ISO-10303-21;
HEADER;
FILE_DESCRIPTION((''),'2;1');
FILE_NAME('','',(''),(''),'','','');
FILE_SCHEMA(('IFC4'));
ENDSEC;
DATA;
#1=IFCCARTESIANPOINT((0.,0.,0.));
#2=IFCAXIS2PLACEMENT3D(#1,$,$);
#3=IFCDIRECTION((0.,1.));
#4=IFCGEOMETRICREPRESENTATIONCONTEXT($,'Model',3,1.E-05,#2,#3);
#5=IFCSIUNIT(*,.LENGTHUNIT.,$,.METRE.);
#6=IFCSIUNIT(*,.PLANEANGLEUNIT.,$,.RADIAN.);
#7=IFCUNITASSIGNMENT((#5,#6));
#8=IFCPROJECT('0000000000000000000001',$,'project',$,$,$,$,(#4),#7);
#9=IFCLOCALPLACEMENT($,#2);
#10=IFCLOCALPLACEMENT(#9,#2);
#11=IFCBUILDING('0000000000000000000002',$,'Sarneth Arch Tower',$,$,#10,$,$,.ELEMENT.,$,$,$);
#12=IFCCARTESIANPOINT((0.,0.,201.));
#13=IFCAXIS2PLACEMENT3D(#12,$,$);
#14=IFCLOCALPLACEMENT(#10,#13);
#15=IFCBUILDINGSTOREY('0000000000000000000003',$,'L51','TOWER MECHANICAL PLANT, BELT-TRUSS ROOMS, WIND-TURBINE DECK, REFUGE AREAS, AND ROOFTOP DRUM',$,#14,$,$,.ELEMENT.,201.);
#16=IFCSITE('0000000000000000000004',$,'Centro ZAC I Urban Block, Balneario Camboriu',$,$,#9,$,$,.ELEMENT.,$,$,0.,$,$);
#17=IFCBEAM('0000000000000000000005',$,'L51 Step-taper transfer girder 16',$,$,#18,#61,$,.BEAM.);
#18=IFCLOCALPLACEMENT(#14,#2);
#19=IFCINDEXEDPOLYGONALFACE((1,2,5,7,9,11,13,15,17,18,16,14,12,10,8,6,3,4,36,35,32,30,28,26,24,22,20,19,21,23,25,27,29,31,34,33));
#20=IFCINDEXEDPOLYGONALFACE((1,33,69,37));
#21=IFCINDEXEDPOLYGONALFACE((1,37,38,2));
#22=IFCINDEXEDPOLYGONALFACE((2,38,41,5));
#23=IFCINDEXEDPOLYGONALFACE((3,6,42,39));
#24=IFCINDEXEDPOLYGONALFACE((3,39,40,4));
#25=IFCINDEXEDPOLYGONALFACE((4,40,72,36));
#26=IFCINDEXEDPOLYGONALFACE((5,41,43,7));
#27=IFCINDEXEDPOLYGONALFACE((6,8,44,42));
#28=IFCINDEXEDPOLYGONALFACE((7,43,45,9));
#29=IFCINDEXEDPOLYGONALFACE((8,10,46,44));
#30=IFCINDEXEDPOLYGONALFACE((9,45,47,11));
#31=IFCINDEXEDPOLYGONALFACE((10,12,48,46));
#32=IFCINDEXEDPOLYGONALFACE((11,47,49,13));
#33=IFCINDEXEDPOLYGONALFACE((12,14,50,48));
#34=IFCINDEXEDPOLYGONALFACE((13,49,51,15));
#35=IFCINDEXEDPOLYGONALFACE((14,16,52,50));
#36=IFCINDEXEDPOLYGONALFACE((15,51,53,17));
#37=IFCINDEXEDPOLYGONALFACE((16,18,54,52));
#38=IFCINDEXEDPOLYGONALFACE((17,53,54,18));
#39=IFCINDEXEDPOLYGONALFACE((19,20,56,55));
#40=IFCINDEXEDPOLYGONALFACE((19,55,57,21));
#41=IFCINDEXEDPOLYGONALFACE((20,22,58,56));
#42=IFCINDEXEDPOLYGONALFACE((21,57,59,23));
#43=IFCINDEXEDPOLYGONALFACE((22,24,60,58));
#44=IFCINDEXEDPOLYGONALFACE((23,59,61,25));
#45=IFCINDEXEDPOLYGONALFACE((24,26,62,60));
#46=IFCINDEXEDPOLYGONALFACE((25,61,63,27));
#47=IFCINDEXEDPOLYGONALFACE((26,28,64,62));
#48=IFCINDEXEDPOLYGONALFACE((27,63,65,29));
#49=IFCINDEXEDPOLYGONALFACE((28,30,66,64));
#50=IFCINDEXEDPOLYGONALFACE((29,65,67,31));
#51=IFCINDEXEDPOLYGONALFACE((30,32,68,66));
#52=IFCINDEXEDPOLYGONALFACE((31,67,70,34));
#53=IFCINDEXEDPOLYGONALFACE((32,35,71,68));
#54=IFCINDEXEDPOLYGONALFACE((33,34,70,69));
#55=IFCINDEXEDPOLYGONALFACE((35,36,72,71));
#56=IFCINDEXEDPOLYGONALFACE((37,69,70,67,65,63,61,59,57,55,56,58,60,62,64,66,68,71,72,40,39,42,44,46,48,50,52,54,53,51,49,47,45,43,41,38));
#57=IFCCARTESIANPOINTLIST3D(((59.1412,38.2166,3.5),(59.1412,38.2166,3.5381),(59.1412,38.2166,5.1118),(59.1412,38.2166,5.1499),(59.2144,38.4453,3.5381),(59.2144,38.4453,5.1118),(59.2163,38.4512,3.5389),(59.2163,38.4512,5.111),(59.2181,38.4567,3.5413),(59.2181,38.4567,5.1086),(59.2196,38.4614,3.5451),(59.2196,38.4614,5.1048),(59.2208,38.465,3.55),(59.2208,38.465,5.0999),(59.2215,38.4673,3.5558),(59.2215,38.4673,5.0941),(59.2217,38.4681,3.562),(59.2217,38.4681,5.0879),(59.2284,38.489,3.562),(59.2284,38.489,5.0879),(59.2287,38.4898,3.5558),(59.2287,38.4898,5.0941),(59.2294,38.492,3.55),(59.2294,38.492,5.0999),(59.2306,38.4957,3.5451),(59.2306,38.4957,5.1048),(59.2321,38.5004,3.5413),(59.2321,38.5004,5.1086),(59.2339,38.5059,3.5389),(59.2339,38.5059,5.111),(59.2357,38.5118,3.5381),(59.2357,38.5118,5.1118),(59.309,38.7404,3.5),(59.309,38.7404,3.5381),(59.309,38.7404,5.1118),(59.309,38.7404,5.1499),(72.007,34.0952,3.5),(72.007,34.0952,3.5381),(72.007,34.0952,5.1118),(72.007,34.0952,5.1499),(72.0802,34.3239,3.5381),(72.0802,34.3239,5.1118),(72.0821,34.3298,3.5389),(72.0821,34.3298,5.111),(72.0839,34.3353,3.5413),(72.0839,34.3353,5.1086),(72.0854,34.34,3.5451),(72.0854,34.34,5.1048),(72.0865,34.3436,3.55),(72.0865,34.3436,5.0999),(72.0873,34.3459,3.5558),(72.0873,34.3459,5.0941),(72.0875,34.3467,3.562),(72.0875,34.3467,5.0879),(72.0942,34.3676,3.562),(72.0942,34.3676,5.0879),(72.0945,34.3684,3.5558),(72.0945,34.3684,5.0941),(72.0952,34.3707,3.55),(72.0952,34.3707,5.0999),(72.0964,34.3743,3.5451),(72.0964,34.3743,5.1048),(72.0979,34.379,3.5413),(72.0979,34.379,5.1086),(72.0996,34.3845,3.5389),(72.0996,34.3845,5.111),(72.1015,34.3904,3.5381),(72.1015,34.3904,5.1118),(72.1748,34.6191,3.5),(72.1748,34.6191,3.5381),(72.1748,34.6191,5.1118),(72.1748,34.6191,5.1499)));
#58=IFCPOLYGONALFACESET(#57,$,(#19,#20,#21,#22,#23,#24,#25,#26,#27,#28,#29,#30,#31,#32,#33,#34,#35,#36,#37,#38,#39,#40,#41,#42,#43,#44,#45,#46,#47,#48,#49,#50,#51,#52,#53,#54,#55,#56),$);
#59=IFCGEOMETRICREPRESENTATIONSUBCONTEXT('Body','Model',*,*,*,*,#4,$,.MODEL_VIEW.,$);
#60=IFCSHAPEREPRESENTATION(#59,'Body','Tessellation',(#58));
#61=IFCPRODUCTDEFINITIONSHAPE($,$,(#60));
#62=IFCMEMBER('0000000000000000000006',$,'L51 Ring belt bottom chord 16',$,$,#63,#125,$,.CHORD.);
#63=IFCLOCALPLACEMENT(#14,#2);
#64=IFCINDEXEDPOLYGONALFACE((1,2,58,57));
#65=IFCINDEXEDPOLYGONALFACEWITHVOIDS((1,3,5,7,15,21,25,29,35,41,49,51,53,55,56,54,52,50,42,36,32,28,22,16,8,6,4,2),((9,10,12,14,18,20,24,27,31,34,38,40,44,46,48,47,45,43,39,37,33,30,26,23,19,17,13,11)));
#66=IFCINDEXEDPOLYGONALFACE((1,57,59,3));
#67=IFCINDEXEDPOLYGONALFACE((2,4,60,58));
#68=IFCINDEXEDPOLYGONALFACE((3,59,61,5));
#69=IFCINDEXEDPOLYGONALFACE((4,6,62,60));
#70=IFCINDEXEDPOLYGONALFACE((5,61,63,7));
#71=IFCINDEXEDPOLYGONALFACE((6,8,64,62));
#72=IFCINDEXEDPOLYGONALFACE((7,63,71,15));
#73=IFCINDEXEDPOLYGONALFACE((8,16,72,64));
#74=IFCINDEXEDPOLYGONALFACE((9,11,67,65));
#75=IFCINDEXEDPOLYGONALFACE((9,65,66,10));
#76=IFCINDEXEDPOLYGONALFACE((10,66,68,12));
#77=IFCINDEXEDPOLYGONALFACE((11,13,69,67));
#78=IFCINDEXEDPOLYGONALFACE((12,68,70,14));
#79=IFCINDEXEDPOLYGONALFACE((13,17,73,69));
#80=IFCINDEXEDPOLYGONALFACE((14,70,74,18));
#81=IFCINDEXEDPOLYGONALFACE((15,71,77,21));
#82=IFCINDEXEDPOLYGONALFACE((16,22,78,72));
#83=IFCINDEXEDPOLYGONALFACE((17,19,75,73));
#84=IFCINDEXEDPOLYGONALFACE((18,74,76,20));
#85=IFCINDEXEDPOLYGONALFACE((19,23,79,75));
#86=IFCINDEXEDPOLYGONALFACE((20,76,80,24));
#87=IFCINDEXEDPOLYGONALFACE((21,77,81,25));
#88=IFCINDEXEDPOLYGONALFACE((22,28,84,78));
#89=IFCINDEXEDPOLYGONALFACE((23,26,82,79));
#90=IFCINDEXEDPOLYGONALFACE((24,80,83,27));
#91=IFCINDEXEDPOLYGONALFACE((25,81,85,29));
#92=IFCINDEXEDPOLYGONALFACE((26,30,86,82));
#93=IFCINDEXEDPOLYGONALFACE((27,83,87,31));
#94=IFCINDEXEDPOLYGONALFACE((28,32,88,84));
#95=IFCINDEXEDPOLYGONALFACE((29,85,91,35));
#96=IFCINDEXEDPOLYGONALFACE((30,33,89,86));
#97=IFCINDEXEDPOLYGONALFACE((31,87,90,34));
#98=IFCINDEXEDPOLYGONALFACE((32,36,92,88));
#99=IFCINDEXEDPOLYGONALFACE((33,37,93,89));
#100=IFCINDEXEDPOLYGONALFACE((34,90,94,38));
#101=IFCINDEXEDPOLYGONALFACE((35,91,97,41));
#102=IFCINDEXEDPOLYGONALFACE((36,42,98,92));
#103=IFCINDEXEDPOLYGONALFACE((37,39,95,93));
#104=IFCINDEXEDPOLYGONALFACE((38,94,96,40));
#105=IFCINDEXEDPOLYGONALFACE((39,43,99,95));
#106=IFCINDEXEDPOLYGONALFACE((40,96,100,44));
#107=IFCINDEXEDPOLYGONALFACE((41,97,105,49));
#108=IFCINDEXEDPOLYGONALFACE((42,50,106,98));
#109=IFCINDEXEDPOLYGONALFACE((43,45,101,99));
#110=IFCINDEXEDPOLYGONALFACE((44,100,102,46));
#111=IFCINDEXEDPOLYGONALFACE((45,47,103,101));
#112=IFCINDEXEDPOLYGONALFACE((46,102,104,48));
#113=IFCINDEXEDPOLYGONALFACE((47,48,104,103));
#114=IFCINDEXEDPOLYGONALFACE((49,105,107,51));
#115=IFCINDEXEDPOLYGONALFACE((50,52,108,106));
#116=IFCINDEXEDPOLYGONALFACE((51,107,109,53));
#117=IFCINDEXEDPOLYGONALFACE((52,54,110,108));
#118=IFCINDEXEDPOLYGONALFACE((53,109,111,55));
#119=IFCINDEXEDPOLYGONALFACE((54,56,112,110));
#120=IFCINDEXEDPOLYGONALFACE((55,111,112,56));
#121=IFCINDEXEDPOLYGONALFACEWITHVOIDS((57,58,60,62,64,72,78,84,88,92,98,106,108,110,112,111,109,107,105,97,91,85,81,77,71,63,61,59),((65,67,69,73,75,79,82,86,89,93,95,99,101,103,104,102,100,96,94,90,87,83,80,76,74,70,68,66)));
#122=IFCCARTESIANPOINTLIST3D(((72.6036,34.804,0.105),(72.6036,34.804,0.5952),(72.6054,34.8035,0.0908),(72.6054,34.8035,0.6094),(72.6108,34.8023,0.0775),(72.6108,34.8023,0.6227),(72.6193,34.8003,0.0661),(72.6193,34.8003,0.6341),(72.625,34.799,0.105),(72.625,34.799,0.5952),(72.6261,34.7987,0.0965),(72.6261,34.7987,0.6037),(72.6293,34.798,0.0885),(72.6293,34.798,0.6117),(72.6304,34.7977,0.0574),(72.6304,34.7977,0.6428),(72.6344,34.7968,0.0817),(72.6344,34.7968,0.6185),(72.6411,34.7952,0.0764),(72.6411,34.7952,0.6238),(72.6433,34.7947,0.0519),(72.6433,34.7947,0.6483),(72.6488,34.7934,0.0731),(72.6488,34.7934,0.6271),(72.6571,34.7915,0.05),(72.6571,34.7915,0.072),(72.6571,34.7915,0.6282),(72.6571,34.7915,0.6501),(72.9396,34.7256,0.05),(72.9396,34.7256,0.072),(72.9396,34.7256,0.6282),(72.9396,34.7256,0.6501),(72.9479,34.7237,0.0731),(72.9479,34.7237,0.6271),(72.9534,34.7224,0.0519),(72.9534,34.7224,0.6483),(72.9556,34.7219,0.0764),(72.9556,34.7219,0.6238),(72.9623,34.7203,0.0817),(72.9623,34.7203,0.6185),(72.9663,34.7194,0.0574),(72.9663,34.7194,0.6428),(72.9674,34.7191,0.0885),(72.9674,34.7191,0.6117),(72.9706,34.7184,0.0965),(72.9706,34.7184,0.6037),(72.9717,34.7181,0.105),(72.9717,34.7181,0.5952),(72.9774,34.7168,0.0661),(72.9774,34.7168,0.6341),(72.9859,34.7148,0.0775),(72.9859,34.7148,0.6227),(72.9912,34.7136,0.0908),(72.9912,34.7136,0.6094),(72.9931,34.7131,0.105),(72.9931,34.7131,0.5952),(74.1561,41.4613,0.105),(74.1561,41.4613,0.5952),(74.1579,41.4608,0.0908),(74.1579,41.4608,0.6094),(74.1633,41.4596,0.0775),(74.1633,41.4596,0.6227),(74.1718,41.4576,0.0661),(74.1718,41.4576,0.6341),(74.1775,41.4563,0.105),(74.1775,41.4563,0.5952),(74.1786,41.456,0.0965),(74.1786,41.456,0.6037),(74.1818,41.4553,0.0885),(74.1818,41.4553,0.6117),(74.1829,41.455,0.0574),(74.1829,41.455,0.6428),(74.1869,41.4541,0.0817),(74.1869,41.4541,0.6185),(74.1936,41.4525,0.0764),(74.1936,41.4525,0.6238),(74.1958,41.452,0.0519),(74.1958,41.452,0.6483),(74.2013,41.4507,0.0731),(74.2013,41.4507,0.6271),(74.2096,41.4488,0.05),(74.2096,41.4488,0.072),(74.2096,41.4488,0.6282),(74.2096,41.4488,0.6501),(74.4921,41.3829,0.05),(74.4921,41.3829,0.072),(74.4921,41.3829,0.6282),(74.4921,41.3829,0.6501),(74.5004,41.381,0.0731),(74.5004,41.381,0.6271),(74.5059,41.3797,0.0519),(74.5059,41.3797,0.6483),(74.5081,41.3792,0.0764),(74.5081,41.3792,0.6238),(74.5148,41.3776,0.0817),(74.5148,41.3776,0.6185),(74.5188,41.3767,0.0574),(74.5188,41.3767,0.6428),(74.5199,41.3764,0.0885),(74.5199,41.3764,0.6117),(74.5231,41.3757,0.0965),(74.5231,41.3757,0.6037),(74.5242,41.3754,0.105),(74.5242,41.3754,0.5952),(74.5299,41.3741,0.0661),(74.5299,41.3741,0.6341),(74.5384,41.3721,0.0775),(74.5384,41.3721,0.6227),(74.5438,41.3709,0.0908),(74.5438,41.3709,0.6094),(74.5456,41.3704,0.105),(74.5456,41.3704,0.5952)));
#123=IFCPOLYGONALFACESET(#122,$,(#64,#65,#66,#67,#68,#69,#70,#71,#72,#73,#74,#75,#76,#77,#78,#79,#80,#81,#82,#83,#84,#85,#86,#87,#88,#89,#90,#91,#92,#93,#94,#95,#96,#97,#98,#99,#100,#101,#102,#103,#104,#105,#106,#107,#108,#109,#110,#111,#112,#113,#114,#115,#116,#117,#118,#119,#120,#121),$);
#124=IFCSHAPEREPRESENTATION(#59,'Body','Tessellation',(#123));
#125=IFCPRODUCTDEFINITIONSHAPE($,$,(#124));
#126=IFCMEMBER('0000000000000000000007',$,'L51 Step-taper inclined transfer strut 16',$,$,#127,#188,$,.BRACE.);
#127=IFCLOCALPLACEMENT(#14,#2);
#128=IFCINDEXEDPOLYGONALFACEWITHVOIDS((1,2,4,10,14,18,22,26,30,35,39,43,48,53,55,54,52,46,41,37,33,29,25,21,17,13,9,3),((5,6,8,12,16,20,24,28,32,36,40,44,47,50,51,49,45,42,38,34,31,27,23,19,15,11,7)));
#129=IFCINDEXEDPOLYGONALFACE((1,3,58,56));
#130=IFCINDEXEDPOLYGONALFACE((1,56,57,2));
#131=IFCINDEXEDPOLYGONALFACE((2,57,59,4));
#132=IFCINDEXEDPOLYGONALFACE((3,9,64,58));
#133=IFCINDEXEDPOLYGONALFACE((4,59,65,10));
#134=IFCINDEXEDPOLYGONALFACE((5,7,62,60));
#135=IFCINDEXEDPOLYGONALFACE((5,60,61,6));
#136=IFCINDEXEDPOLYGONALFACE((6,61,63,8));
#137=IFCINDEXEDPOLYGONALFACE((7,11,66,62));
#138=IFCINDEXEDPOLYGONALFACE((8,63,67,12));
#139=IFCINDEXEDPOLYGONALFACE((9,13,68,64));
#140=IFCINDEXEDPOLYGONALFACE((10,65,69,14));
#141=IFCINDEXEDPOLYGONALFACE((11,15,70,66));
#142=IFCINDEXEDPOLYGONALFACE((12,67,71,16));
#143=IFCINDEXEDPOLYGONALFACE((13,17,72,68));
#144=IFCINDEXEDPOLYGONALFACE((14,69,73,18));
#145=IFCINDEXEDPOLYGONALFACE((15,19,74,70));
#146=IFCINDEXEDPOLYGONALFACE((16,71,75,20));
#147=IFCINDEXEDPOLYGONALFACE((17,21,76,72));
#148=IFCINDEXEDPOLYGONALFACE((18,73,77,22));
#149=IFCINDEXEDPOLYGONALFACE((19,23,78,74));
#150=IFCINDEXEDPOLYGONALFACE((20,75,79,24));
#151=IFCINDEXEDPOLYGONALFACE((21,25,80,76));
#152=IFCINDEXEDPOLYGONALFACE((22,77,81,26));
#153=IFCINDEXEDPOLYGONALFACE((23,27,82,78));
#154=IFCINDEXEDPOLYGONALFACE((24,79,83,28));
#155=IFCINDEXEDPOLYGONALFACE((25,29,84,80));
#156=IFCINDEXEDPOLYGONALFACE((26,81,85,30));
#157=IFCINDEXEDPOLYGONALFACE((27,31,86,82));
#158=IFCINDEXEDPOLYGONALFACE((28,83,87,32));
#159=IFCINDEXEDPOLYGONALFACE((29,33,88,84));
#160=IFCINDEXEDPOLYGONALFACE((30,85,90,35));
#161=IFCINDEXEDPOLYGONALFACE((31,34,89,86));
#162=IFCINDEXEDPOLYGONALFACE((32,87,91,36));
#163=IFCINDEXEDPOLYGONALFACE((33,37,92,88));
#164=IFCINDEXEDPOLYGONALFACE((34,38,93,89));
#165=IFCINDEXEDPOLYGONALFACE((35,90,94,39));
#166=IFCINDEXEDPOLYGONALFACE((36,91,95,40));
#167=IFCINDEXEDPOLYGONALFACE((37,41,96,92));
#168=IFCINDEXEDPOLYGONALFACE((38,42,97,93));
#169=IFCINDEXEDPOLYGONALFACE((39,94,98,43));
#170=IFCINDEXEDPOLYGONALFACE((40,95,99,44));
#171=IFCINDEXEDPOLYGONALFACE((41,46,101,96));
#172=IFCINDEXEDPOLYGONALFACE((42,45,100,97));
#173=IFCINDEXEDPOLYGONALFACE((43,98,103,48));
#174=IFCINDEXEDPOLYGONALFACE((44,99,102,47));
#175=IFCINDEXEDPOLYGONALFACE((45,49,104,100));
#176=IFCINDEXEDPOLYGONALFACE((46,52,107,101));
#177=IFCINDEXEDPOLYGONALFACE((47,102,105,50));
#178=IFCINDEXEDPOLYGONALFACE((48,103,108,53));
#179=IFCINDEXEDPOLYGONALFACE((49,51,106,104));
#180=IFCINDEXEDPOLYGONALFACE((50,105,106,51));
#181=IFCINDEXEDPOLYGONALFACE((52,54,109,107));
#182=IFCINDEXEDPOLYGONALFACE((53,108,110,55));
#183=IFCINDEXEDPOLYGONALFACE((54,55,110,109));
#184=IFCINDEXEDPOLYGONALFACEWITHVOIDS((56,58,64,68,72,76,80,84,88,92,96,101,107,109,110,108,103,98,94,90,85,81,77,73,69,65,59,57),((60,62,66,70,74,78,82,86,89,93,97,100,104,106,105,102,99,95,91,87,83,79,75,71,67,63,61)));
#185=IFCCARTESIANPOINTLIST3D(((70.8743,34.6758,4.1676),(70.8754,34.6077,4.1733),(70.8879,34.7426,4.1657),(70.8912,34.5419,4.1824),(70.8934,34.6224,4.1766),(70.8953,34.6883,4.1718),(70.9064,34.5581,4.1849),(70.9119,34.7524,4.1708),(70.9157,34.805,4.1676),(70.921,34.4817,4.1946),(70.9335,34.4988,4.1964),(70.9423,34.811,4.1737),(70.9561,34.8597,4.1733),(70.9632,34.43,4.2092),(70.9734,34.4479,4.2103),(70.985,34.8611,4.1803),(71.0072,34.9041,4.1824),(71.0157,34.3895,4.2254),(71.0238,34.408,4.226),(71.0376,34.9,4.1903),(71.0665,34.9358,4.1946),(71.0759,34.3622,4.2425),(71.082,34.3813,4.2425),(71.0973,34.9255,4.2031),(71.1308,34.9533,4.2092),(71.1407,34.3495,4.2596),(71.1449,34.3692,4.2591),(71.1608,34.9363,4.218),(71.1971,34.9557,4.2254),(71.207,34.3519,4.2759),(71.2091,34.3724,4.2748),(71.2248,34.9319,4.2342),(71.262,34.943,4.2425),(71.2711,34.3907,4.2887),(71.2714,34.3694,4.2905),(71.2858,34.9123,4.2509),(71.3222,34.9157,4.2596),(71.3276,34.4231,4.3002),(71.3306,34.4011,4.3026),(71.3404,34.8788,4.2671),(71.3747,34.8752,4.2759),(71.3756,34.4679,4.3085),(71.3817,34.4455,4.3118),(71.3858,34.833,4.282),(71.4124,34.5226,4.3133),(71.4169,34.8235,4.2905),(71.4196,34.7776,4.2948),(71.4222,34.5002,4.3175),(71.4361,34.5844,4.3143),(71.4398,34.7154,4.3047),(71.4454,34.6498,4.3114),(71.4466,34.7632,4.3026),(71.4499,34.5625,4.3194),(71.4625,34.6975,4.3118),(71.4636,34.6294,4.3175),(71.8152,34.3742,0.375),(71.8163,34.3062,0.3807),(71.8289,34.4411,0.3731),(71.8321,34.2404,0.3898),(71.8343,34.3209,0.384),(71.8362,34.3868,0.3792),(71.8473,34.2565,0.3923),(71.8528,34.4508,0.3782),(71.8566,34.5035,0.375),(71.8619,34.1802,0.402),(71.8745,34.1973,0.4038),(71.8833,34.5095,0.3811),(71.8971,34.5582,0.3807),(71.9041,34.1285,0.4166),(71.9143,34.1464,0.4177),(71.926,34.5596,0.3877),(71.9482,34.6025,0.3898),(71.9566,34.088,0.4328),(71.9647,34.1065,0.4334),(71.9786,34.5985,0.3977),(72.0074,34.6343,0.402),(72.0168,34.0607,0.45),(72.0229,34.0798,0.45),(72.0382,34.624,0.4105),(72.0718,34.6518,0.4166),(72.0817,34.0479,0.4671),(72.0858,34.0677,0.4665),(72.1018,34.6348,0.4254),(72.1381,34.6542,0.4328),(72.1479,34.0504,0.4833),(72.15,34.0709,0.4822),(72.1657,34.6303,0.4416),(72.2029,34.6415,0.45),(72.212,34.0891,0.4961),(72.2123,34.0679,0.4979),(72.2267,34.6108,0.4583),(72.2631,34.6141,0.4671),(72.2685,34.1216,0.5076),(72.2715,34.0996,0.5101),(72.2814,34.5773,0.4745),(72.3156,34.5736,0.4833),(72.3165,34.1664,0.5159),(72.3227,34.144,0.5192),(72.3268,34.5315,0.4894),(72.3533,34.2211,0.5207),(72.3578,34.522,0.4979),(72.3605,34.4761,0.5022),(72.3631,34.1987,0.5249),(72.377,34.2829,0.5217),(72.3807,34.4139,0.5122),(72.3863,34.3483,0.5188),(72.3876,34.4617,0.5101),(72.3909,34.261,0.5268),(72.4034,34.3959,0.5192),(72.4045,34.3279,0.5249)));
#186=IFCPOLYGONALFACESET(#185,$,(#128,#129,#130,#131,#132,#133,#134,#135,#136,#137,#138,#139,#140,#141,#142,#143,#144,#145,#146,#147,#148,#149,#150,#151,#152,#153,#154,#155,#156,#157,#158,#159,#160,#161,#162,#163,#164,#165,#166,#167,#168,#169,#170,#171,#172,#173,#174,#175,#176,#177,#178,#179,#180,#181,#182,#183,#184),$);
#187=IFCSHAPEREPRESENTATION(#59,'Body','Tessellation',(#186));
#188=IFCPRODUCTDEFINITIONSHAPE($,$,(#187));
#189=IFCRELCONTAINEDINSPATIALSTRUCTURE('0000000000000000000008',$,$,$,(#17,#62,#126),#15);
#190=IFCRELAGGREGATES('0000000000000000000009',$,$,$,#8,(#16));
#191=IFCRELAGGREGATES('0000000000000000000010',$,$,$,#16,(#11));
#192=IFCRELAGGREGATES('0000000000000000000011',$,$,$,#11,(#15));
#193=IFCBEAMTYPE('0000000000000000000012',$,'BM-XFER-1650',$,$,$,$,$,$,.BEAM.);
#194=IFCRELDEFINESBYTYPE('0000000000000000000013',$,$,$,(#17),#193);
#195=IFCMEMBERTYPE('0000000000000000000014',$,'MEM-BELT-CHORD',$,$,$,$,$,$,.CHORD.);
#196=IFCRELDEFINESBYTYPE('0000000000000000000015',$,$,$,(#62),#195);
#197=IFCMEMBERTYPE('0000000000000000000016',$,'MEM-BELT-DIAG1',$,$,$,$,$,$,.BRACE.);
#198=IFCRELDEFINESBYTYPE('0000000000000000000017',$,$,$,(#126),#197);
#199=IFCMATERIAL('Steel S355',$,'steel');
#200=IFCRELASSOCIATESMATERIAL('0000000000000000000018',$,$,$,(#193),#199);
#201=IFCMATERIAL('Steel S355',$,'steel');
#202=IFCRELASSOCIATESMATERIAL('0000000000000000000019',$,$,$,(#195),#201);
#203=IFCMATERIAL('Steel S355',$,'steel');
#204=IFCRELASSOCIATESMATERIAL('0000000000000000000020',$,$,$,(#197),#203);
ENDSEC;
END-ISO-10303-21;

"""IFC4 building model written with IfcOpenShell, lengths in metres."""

from ifc_helpers import new_model, si_unit, direction, frame, origin, origin_2d, place, context, subcontext, project, spatial, hollow_rectangle, hollow_circle, i_section, extrude, material, material_profile, profile_set, type_object, element, save


model = new_model("IFC4")

# Units and contexts
model_context = context("Model", 3, precision=1e-05, world=origin(), true_north=direction((0.0, 1.0)))
body_context = subcontext(model_context, "Body", "Model", "MODEL_VIEW")
ifc_project = project(units=[si_unit("LENGTHUNIT", "METRE"), si_unit("PLANEANGLEUNIT", "RADIAN")], contexts=[model_context])

# Site, building, storey
site_placement = place(None, origin())
site = spatial("IfcSite", under=ifc_project, at=site_placement, Name="Centro ZAC I Urban Block, Balneario Camboriu", CompositionType="ELEMENT", RefElevation=0.0)
building_placement = place(site_placement, origin())
building = spatial("IfcBuilding", under=site, at=building_placement, Name="Sarneth Arch Tower", CompositionType="ELEMENT")
storey_placement = place(building_placement, frame((0.0, 0.0, 201.0)))
storey = spatial("IfcBuildingStorey", under=building, at=storey_placement, Name="L51", Description="TOWER MECHANICAL PLANT, BELT-TRUSS ROOMS, WIND-TURBINE DECK, REFUGE AREAS, AND ROOFTOP DRUM", CompositionType="ELEMENT", Elevation=201.0)

# Beam
ifc_material_1 = material(Name="Steel S355", Category="steel")
ifc_material_profile_1 = material_profile(ifc_material_1, i_section(OverallWidth=0.55, OverallDepth=1.6499, WebThickness=0.022, FlangeThickness=0.0381, FilletRadius=0.0239, at=origin_2d()), Name="CVS1650x680")
ifc_profile_set_1 = profile_set([ifc_material_profile_1], Name="Steel S355")
beam_type_1 = type_object("IfcBeamType", Name="BM-XFER-1650", PredefinedType="BEAM", material=ifc_profile_set_1)
beam_1_placement = place(storey_placement, frame((59.2251, 38.4785, 4.325), z_axis=(0.952332, -0.305065, 0.0), x_axis=(0.305065, 0.952332, 0.0)))
element("IfcBeam", 1, at=beam_1_placement, inside=storey, type_object=beam_type_1, Name="L51 Step-taper transfer girder 16", PredefinedType="BEAM", context=body_context, shape_type="SweptSolid", body=[
    extrude(i_section(OverallWidth=0.55, OverallDepth=1.6499, WebThickness=0.022, FlangeThickness=0.0381, FilletRadius=0.0239, at=origin_2d()), origin(), (0.0, 0.0, 1.0), 13.5098),
])

# Members
ifc_material_2 = material(Name="Steel S355", Category="steel")
ifc_material_profile_2 = material_profile(ifc_material_2, hollow_rectangle(XDim=0.3999, YDim=0.6001, WallThickness=0.022, InnerFilletRadius=0.033, OuterFilletRadius=0.0549, at=origin_2d()), Name="RHS600x400x22")
ifc_profile_set_2 = profile_set([ifc_material_profile_2], Name="Steel S355")
member_type_1 = type_object("IfcMemberType", Name="MEM-BELT-CHORD", PredefinedType="CHORD", material=ifc_profile_set_2)
member_1_placement = place(storey_placement, frame((72.7983, 34.7585, 0.3501), z_axis=(0.22711, 0.973869, 0.0), x_axis=(-0.973869, 0.22711, 0.0)))
element("IfcMember", 2, at=member_1_placement, inside=storey, type_object=member_type_1, Name="L51 Ring belt bottom chord 16", PredefinedType="CHORD", context=body_context, shape_type="SweptSolid", body=[
    extrude(hollow_rectangle(XDim=0.3999, YDim=0.6001, WallThickness=0.022, InnerFilletRadius=0.033, OuterFilletRadius=0.0549, at=origin_2d()), origin(), (0.0, 0.0, 1.0), 6.8359),
])
ifc_material_3 = material(Name="Steel S355", Category="steel")
ifc_material_profile_3 = material_profile(ifc_material_3, hollow_circle(Radius=0.3049, WallThickness=0.02, at=origin_2d()), Name="CHS610x20")
ifc_profile_set_3 = profile_set([ifc_material_profile_3], Name="Steel S355")
member_type_2 = type_object("IfcMemberType", Name="MEM-BELT-DIAG1", PredefinedType="BRACE", material=ifc_profile_set_3)
member_2_placement = place(storey_placement, frame((72.1099, 34.3511, 0.45), z_axis=(-0.240087, 0.076935, 0.967698), x_axis=(-0.305161, -0.952301, 0.0)))
element("IfcMember", 3, at=member_2_placement, inside=storey, type_object=member_type_2, Name="L51 Step-taper inclined transfer strut 16", PredefinedType="BRACE", context=body_context, shape_type="SweptSolid", body=[
    extrude(hollow_circle(Radius=0.3049, WallThickness=0.02, at=origin_2d()), origin(), (0.0, 0.0, 1.0), 3.9192),
])

save(model, "model.ifc")
